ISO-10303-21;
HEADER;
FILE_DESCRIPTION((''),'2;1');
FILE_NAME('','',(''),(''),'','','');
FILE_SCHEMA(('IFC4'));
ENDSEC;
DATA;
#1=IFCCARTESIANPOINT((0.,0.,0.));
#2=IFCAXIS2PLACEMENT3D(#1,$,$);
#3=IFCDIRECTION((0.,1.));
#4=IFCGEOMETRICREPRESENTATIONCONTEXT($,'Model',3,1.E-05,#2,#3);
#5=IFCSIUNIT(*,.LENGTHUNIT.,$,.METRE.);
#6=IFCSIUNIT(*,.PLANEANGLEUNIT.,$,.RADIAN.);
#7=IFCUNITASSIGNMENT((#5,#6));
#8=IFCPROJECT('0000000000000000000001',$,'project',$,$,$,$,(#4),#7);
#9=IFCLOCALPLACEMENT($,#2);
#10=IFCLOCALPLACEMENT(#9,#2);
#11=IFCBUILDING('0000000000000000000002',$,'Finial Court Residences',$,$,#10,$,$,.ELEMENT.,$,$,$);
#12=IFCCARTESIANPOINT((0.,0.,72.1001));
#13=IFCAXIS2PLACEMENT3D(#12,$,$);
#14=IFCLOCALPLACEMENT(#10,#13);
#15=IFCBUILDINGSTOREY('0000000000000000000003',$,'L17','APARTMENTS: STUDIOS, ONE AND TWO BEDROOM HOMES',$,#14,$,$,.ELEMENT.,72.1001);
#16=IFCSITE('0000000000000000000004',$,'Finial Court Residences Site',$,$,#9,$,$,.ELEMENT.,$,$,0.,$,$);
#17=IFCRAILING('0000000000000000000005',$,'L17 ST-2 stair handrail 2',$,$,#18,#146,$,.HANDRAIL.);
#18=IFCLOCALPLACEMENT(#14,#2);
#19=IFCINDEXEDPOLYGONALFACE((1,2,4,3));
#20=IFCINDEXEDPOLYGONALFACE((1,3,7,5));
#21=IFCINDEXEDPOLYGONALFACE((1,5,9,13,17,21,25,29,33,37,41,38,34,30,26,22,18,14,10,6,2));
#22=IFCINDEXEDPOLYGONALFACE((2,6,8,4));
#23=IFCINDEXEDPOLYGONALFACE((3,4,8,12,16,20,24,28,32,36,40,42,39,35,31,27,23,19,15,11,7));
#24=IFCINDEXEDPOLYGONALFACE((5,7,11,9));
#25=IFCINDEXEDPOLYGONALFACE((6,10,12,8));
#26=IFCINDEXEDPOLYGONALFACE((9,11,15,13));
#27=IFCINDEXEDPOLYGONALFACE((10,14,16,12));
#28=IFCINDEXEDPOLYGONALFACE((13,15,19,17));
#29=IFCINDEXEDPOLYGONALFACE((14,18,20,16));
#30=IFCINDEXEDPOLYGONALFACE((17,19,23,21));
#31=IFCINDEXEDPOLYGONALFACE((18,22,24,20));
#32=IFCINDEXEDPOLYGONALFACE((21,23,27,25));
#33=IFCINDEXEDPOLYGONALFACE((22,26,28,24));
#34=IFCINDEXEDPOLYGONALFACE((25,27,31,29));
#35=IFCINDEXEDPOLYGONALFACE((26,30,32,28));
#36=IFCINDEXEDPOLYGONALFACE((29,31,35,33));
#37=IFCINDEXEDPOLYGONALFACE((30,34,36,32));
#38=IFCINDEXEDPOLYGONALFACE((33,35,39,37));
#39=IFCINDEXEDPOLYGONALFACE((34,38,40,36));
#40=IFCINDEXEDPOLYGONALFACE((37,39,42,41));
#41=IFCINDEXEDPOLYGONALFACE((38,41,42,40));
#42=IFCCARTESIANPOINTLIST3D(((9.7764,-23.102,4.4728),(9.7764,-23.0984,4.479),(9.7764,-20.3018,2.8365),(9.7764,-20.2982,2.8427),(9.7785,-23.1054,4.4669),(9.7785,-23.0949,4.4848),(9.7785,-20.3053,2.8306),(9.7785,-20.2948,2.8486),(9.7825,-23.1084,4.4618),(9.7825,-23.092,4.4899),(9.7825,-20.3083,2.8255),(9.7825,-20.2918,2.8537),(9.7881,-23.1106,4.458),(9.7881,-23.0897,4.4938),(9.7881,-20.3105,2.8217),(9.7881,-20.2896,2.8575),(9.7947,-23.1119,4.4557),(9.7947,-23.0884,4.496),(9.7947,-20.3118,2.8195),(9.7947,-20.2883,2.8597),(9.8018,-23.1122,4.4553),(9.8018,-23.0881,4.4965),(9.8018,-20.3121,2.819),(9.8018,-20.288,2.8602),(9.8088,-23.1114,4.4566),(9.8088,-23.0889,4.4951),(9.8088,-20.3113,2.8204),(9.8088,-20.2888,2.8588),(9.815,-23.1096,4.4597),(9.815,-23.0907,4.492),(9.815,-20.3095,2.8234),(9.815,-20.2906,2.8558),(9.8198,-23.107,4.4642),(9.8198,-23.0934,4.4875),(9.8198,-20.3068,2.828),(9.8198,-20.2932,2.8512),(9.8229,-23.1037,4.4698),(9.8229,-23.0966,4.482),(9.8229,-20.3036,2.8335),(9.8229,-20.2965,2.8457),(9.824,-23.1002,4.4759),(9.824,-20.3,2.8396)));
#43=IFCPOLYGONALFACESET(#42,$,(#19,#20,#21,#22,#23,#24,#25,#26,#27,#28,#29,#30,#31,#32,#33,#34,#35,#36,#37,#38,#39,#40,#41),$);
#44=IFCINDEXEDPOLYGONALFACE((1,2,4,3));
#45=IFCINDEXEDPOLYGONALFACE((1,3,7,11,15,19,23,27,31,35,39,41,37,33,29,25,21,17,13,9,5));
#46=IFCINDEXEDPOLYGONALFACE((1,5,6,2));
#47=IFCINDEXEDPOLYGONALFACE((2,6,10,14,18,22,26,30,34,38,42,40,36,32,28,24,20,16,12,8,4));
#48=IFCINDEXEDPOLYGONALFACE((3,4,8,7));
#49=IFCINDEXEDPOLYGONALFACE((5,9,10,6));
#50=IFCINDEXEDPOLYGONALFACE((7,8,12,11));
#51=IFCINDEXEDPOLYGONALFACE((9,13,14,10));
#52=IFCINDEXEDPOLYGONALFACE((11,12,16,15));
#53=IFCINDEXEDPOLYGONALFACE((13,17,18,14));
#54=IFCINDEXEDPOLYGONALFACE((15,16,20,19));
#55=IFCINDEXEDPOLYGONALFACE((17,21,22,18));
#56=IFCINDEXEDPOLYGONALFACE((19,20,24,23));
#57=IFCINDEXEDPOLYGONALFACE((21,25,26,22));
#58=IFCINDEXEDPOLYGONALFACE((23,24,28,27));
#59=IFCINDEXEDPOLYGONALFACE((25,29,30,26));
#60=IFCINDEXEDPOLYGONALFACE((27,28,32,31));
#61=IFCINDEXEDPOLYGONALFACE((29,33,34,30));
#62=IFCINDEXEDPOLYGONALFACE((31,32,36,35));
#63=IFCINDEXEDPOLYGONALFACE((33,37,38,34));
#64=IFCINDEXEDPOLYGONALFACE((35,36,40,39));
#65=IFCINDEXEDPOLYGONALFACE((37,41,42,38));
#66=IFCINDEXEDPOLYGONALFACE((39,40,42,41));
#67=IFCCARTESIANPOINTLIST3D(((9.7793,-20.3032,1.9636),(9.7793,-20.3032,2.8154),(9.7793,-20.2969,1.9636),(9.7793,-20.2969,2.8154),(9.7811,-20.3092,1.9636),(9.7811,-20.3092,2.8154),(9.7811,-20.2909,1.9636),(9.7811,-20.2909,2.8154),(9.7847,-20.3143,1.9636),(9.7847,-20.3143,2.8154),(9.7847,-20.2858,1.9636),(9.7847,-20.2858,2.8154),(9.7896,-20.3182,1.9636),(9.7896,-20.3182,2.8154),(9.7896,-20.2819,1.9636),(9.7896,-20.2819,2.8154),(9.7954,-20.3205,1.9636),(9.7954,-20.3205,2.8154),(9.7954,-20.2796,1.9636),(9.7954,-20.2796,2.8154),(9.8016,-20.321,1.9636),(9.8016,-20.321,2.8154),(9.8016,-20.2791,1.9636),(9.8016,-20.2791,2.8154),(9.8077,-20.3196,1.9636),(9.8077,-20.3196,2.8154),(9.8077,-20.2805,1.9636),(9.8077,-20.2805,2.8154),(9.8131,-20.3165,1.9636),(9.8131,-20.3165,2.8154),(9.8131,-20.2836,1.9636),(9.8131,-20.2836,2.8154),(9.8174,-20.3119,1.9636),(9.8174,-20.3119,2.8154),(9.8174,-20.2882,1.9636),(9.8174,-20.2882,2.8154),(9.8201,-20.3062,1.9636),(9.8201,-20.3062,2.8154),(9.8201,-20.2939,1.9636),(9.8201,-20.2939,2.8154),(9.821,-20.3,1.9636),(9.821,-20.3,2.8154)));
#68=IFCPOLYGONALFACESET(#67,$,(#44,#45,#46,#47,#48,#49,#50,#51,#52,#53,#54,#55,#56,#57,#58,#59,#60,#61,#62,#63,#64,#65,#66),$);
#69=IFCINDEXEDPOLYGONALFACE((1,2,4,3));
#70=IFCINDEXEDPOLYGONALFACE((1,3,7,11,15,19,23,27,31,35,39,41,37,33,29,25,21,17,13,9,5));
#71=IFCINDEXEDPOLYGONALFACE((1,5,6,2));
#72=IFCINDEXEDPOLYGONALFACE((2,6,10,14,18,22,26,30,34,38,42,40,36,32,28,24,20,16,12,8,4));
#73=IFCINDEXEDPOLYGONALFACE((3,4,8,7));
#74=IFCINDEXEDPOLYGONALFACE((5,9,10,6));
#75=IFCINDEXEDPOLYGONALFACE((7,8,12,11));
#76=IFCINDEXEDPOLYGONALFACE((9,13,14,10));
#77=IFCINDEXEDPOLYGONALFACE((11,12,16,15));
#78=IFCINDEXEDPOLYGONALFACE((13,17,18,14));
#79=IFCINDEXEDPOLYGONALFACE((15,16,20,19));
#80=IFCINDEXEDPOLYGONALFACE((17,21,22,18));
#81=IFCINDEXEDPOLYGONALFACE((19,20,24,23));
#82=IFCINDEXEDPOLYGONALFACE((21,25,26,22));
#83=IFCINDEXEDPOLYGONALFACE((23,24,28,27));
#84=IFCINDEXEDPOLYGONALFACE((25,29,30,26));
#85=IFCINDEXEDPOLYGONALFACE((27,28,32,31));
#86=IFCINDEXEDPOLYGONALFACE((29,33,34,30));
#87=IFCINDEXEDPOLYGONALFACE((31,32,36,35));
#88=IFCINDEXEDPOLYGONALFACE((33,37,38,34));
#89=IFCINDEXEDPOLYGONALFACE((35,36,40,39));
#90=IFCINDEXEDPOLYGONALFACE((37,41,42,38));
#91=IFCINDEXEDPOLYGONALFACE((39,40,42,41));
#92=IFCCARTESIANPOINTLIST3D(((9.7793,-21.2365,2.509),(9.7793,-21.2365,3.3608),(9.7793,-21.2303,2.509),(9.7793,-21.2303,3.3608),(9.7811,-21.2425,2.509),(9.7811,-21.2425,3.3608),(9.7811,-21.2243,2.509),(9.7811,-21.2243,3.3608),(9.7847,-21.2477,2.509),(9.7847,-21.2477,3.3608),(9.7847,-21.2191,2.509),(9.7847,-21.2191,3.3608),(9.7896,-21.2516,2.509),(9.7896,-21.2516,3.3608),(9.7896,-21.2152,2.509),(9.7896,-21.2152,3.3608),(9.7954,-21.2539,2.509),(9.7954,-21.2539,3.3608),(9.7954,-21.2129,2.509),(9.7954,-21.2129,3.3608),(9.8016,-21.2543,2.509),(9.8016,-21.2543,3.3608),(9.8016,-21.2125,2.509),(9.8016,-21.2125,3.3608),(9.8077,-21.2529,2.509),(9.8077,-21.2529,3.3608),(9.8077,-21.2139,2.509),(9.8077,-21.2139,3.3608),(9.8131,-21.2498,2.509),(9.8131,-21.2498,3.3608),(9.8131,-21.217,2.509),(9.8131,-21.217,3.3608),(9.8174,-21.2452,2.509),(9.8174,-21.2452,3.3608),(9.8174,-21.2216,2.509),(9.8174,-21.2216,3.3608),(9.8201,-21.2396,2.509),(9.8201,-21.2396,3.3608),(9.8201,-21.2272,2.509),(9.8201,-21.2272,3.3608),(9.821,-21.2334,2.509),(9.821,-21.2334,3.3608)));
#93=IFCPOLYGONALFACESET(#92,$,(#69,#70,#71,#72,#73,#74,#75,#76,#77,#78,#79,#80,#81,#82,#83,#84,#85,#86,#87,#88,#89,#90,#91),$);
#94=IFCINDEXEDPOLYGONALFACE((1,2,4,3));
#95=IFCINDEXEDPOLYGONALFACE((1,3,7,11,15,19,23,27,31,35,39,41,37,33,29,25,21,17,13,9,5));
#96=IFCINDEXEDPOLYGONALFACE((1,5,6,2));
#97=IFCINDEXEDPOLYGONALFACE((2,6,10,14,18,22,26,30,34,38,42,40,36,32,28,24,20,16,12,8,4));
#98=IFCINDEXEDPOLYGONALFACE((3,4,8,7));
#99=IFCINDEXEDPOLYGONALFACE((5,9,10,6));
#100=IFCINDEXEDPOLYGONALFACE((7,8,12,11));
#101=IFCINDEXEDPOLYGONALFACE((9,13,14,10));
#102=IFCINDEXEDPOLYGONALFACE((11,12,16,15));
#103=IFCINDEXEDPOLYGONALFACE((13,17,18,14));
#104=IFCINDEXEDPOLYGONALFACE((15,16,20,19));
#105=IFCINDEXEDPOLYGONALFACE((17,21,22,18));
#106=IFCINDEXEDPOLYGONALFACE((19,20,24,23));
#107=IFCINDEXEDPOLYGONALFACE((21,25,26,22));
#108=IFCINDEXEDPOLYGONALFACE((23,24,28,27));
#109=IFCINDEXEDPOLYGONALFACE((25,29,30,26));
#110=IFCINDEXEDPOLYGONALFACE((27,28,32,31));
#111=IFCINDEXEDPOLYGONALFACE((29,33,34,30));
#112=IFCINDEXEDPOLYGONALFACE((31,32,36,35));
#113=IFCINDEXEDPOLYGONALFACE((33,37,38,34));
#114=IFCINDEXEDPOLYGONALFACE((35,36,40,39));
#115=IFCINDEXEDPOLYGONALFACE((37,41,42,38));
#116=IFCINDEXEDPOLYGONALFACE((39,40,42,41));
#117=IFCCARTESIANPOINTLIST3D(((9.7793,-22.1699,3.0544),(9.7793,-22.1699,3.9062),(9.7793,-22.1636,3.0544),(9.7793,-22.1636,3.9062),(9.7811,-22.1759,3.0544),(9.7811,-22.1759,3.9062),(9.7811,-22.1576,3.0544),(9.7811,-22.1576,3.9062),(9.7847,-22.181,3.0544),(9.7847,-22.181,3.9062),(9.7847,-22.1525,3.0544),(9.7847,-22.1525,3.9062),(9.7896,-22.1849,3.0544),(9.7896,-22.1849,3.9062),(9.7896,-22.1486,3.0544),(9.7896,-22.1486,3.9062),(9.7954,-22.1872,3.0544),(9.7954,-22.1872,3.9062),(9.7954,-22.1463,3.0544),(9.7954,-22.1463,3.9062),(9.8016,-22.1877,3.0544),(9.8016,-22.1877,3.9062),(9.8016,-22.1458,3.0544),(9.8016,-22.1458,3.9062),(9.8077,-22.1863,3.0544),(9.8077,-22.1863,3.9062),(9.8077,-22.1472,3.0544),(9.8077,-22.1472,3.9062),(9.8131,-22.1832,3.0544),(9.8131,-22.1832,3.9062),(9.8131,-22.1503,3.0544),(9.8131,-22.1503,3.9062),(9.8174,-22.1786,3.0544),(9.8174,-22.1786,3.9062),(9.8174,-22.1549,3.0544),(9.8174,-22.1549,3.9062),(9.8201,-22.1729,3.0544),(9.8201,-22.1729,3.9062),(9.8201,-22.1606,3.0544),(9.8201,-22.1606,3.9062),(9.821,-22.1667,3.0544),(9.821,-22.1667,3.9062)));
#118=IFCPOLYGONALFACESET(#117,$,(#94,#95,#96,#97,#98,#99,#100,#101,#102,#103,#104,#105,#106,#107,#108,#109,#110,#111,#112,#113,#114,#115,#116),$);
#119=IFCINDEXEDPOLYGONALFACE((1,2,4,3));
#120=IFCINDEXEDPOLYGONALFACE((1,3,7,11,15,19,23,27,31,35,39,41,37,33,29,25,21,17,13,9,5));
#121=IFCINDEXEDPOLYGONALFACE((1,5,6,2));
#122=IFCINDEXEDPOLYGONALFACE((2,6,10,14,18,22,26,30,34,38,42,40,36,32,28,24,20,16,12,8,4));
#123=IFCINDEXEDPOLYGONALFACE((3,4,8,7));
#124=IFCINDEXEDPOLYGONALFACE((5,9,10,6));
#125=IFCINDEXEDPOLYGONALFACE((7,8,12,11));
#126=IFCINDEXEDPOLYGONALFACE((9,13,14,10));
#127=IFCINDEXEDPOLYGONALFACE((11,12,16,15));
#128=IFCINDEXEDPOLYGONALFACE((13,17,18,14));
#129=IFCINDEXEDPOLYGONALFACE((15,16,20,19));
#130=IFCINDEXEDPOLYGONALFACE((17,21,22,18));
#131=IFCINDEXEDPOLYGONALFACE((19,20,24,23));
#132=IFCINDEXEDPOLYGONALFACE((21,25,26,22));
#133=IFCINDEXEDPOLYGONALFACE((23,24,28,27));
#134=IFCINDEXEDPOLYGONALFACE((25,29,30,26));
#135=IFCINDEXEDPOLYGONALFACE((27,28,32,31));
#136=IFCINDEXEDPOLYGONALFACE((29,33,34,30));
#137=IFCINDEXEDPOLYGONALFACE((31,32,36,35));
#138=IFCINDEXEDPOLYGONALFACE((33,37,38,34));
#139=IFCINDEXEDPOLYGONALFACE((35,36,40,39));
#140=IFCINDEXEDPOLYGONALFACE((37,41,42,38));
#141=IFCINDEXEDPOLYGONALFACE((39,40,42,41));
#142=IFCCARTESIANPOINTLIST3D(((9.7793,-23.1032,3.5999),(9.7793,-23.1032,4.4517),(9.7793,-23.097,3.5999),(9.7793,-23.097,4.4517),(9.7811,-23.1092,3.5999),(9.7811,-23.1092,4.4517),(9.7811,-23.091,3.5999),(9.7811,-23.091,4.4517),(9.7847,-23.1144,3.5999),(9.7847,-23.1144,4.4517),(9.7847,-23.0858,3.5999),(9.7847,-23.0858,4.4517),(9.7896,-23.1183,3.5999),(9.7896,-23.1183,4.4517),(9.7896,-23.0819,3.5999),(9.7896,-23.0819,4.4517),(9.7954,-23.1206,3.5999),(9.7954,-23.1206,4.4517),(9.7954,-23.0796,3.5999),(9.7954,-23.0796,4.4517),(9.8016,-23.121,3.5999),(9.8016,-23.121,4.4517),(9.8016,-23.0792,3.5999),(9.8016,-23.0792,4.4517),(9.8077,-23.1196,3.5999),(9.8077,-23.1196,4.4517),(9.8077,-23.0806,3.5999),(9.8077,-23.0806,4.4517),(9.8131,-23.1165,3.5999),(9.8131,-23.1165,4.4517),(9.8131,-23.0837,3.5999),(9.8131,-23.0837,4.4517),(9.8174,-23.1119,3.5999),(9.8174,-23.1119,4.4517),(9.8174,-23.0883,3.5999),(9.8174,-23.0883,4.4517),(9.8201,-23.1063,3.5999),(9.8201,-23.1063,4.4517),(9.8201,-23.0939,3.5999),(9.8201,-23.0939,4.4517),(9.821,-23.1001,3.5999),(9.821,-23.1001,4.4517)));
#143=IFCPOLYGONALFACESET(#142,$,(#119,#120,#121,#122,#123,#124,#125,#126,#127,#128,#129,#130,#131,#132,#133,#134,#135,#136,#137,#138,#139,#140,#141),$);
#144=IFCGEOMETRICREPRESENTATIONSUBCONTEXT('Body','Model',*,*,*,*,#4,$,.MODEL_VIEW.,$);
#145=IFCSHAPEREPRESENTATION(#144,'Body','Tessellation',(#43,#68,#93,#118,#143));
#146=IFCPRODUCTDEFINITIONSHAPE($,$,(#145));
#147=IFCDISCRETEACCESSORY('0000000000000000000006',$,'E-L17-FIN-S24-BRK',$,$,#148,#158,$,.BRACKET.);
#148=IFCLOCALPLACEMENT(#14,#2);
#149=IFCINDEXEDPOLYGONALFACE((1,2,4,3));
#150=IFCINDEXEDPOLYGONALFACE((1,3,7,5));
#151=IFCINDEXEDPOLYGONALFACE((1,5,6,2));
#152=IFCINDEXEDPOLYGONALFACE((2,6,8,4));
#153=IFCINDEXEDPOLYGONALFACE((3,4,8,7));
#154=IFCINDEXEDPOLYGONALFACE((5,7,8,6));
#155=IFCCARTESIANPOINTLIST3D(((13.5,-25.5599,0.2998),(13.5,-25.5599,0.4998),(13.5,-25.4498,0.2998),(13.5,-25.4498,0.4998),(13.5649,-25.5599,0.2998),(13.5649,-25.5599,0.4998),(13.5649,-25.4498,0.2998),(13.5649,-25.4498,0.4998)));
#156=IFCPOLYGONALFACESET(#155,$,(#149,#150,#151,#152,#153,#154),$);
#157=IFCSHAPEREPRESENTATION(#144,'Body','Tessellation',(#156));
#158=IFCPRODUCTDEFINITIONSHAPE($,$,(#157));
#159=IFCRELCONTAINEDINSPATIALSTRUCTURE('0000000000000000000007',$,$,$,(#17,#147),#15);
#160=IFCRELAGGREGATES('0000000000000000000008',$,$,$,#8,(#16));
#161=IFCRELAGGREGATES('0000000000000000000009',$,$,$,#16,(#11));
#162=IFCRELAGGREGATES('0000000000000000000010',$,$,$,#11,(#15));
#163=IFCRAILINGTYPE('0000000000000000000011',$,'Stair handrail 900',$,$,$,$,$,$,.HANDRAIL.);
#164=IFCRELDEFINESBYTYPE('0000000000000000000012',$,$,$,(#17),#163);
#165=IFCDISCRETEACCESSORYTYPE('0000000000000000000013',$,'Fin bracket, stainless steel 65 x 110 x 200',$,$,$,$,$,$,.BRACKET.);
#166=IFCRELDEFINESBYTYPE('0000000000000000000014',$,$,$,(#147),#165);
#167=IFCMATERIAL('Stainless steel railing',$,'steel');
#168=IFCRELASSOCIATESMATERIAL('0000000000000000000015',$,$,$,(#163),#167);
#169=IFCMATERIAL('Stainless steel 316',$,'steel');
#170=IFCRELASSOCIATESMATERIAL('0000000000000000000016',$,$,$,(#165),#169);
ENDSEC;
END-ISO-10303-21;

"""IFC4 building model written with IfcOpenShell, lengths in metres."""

from ifc_helpers import new_model, si_unit, direction, frame, origin, origin_2d, place, context, subcontext, project, spatial, rectangle, circle, extrude, material, type_object, element, save


model = new_model("IFC4")

# Units and contexts
model_context = context("Model", 3, precision=1e-05, world=origin(), true_north=direction((0.0, 1.0)))
body_context = subcontext(model_context, "Body", "Model", "MODEL_VIEW")
ifc_project = project(units=[si_unit("LENGTHUNIT", "METRE"), si_unit("PLANEANGLEUNIT", "RADIAN")], contexts=[model_context])

# Site, building, storey
site_placement = place(None, origin())
site = spatial("IfcSite", under=ifc_project, at=site_placement, Name="Finial Court Residences Site", CompositionType="ELEMENT", RefElevation=0.0)
building_placement = place(site_placement, origin())
building = spatial("IfcBuilding", under=site, at=building_placement, Name="Finial Court Residences", CompositionType="ELEMENT")
storey_placement = place(building_placement, frame((0.0, 0.0, 72.1001)))
storey = spatial("IfcBuildingStorey", under=building, at=storey_placement, Name="L17", Description="APARTMENTS: STUDIOS, ONE AND TWO BEDROOM HOMES", CompositionType="ELEMENT", Elevation=72.1001)

# Railing
ifc_material_1 = material(Name="Stainless steel railing", Category="steel")
railing_type_1 = type_object("IfcRailingType", Name="Stair handrail 900", PredefinedType="HANDRAIL", material=ifc_material_1)
railing_1_placement = place(storey_placement, frame((9.8, -20.3, 1.9636)))
element("IfcRailing", 1, at=railing_1_placement, inside=storey, type_object=railing_type_1, Name="L17 ST-2 stair handrail 2", PredefinedType="HANDRAIL", context=body_context, shape_type="SweptSolid", body=[
    extrude(circle(Radius=0.0239, at=origin_2d()), frame((0.0, 0.0, 0.876), z_axis=(0.0, -0.863394, 0.504531), x_axis=(1.0, 0.0, 0.0)), (0.0, 0.0, 1.0), 3.2432),
    extrude(circle(Radius=0.021, at=origin_2d()), origin(), (0.0, 0.0, 1.0), 0.8518),
    extrude(circle(Radius=0.021, at=origin_2d()), frame((0.0, -0.9333, 0.5454)), (0.0, 0.0, 1.0), 0.8518),
    extrude(circle(Radius=0.021, at=origin_2d()), frame((0.0, -1.8667, 1.0908)), (0.0, 0.0, 1.0), 0.8518),
    extrude(circle(Radius=0.021, at=origin_2d()), frame((0.0, -2.8, 1.6362)), (0.0, 0.0, 1.0), 0.8518),
])

# Discrete accessory
ifc_material_2 = material(Name="Stainless steel 316", Category="steel")
discrete_accessory_type = type_object("IfcDiscreteAccessoryType", Name="Fin bracket, stainless steel 65 x 110 x 200", PredefinedType="BRACKET", material=ifc_material_2)
discrete_accessory_placement = place(storey_placement, frame((13.5325, -25.5049, 0.2998), z_axis=(0.0, 0.0, 1.0), x_axis=(1.0, 0.0, 0.0)))
element("IfcDiscreteAccessory", 2, at=discrete_accessory_placement, inside=storey, type_object=discrete_accessory_type, Name="E-L17-FIN-S24-BRK", PredefinedType="BRACKET", context=body_context, shape_type="SweptSolid", body=[
    extrude(rectangle(XDim=0.0649, YDim=0.1101, at=origin_2d()), origin(), (0.0, 0.0, 1.0), 0.2),
])

save(model, "model.ifc")
